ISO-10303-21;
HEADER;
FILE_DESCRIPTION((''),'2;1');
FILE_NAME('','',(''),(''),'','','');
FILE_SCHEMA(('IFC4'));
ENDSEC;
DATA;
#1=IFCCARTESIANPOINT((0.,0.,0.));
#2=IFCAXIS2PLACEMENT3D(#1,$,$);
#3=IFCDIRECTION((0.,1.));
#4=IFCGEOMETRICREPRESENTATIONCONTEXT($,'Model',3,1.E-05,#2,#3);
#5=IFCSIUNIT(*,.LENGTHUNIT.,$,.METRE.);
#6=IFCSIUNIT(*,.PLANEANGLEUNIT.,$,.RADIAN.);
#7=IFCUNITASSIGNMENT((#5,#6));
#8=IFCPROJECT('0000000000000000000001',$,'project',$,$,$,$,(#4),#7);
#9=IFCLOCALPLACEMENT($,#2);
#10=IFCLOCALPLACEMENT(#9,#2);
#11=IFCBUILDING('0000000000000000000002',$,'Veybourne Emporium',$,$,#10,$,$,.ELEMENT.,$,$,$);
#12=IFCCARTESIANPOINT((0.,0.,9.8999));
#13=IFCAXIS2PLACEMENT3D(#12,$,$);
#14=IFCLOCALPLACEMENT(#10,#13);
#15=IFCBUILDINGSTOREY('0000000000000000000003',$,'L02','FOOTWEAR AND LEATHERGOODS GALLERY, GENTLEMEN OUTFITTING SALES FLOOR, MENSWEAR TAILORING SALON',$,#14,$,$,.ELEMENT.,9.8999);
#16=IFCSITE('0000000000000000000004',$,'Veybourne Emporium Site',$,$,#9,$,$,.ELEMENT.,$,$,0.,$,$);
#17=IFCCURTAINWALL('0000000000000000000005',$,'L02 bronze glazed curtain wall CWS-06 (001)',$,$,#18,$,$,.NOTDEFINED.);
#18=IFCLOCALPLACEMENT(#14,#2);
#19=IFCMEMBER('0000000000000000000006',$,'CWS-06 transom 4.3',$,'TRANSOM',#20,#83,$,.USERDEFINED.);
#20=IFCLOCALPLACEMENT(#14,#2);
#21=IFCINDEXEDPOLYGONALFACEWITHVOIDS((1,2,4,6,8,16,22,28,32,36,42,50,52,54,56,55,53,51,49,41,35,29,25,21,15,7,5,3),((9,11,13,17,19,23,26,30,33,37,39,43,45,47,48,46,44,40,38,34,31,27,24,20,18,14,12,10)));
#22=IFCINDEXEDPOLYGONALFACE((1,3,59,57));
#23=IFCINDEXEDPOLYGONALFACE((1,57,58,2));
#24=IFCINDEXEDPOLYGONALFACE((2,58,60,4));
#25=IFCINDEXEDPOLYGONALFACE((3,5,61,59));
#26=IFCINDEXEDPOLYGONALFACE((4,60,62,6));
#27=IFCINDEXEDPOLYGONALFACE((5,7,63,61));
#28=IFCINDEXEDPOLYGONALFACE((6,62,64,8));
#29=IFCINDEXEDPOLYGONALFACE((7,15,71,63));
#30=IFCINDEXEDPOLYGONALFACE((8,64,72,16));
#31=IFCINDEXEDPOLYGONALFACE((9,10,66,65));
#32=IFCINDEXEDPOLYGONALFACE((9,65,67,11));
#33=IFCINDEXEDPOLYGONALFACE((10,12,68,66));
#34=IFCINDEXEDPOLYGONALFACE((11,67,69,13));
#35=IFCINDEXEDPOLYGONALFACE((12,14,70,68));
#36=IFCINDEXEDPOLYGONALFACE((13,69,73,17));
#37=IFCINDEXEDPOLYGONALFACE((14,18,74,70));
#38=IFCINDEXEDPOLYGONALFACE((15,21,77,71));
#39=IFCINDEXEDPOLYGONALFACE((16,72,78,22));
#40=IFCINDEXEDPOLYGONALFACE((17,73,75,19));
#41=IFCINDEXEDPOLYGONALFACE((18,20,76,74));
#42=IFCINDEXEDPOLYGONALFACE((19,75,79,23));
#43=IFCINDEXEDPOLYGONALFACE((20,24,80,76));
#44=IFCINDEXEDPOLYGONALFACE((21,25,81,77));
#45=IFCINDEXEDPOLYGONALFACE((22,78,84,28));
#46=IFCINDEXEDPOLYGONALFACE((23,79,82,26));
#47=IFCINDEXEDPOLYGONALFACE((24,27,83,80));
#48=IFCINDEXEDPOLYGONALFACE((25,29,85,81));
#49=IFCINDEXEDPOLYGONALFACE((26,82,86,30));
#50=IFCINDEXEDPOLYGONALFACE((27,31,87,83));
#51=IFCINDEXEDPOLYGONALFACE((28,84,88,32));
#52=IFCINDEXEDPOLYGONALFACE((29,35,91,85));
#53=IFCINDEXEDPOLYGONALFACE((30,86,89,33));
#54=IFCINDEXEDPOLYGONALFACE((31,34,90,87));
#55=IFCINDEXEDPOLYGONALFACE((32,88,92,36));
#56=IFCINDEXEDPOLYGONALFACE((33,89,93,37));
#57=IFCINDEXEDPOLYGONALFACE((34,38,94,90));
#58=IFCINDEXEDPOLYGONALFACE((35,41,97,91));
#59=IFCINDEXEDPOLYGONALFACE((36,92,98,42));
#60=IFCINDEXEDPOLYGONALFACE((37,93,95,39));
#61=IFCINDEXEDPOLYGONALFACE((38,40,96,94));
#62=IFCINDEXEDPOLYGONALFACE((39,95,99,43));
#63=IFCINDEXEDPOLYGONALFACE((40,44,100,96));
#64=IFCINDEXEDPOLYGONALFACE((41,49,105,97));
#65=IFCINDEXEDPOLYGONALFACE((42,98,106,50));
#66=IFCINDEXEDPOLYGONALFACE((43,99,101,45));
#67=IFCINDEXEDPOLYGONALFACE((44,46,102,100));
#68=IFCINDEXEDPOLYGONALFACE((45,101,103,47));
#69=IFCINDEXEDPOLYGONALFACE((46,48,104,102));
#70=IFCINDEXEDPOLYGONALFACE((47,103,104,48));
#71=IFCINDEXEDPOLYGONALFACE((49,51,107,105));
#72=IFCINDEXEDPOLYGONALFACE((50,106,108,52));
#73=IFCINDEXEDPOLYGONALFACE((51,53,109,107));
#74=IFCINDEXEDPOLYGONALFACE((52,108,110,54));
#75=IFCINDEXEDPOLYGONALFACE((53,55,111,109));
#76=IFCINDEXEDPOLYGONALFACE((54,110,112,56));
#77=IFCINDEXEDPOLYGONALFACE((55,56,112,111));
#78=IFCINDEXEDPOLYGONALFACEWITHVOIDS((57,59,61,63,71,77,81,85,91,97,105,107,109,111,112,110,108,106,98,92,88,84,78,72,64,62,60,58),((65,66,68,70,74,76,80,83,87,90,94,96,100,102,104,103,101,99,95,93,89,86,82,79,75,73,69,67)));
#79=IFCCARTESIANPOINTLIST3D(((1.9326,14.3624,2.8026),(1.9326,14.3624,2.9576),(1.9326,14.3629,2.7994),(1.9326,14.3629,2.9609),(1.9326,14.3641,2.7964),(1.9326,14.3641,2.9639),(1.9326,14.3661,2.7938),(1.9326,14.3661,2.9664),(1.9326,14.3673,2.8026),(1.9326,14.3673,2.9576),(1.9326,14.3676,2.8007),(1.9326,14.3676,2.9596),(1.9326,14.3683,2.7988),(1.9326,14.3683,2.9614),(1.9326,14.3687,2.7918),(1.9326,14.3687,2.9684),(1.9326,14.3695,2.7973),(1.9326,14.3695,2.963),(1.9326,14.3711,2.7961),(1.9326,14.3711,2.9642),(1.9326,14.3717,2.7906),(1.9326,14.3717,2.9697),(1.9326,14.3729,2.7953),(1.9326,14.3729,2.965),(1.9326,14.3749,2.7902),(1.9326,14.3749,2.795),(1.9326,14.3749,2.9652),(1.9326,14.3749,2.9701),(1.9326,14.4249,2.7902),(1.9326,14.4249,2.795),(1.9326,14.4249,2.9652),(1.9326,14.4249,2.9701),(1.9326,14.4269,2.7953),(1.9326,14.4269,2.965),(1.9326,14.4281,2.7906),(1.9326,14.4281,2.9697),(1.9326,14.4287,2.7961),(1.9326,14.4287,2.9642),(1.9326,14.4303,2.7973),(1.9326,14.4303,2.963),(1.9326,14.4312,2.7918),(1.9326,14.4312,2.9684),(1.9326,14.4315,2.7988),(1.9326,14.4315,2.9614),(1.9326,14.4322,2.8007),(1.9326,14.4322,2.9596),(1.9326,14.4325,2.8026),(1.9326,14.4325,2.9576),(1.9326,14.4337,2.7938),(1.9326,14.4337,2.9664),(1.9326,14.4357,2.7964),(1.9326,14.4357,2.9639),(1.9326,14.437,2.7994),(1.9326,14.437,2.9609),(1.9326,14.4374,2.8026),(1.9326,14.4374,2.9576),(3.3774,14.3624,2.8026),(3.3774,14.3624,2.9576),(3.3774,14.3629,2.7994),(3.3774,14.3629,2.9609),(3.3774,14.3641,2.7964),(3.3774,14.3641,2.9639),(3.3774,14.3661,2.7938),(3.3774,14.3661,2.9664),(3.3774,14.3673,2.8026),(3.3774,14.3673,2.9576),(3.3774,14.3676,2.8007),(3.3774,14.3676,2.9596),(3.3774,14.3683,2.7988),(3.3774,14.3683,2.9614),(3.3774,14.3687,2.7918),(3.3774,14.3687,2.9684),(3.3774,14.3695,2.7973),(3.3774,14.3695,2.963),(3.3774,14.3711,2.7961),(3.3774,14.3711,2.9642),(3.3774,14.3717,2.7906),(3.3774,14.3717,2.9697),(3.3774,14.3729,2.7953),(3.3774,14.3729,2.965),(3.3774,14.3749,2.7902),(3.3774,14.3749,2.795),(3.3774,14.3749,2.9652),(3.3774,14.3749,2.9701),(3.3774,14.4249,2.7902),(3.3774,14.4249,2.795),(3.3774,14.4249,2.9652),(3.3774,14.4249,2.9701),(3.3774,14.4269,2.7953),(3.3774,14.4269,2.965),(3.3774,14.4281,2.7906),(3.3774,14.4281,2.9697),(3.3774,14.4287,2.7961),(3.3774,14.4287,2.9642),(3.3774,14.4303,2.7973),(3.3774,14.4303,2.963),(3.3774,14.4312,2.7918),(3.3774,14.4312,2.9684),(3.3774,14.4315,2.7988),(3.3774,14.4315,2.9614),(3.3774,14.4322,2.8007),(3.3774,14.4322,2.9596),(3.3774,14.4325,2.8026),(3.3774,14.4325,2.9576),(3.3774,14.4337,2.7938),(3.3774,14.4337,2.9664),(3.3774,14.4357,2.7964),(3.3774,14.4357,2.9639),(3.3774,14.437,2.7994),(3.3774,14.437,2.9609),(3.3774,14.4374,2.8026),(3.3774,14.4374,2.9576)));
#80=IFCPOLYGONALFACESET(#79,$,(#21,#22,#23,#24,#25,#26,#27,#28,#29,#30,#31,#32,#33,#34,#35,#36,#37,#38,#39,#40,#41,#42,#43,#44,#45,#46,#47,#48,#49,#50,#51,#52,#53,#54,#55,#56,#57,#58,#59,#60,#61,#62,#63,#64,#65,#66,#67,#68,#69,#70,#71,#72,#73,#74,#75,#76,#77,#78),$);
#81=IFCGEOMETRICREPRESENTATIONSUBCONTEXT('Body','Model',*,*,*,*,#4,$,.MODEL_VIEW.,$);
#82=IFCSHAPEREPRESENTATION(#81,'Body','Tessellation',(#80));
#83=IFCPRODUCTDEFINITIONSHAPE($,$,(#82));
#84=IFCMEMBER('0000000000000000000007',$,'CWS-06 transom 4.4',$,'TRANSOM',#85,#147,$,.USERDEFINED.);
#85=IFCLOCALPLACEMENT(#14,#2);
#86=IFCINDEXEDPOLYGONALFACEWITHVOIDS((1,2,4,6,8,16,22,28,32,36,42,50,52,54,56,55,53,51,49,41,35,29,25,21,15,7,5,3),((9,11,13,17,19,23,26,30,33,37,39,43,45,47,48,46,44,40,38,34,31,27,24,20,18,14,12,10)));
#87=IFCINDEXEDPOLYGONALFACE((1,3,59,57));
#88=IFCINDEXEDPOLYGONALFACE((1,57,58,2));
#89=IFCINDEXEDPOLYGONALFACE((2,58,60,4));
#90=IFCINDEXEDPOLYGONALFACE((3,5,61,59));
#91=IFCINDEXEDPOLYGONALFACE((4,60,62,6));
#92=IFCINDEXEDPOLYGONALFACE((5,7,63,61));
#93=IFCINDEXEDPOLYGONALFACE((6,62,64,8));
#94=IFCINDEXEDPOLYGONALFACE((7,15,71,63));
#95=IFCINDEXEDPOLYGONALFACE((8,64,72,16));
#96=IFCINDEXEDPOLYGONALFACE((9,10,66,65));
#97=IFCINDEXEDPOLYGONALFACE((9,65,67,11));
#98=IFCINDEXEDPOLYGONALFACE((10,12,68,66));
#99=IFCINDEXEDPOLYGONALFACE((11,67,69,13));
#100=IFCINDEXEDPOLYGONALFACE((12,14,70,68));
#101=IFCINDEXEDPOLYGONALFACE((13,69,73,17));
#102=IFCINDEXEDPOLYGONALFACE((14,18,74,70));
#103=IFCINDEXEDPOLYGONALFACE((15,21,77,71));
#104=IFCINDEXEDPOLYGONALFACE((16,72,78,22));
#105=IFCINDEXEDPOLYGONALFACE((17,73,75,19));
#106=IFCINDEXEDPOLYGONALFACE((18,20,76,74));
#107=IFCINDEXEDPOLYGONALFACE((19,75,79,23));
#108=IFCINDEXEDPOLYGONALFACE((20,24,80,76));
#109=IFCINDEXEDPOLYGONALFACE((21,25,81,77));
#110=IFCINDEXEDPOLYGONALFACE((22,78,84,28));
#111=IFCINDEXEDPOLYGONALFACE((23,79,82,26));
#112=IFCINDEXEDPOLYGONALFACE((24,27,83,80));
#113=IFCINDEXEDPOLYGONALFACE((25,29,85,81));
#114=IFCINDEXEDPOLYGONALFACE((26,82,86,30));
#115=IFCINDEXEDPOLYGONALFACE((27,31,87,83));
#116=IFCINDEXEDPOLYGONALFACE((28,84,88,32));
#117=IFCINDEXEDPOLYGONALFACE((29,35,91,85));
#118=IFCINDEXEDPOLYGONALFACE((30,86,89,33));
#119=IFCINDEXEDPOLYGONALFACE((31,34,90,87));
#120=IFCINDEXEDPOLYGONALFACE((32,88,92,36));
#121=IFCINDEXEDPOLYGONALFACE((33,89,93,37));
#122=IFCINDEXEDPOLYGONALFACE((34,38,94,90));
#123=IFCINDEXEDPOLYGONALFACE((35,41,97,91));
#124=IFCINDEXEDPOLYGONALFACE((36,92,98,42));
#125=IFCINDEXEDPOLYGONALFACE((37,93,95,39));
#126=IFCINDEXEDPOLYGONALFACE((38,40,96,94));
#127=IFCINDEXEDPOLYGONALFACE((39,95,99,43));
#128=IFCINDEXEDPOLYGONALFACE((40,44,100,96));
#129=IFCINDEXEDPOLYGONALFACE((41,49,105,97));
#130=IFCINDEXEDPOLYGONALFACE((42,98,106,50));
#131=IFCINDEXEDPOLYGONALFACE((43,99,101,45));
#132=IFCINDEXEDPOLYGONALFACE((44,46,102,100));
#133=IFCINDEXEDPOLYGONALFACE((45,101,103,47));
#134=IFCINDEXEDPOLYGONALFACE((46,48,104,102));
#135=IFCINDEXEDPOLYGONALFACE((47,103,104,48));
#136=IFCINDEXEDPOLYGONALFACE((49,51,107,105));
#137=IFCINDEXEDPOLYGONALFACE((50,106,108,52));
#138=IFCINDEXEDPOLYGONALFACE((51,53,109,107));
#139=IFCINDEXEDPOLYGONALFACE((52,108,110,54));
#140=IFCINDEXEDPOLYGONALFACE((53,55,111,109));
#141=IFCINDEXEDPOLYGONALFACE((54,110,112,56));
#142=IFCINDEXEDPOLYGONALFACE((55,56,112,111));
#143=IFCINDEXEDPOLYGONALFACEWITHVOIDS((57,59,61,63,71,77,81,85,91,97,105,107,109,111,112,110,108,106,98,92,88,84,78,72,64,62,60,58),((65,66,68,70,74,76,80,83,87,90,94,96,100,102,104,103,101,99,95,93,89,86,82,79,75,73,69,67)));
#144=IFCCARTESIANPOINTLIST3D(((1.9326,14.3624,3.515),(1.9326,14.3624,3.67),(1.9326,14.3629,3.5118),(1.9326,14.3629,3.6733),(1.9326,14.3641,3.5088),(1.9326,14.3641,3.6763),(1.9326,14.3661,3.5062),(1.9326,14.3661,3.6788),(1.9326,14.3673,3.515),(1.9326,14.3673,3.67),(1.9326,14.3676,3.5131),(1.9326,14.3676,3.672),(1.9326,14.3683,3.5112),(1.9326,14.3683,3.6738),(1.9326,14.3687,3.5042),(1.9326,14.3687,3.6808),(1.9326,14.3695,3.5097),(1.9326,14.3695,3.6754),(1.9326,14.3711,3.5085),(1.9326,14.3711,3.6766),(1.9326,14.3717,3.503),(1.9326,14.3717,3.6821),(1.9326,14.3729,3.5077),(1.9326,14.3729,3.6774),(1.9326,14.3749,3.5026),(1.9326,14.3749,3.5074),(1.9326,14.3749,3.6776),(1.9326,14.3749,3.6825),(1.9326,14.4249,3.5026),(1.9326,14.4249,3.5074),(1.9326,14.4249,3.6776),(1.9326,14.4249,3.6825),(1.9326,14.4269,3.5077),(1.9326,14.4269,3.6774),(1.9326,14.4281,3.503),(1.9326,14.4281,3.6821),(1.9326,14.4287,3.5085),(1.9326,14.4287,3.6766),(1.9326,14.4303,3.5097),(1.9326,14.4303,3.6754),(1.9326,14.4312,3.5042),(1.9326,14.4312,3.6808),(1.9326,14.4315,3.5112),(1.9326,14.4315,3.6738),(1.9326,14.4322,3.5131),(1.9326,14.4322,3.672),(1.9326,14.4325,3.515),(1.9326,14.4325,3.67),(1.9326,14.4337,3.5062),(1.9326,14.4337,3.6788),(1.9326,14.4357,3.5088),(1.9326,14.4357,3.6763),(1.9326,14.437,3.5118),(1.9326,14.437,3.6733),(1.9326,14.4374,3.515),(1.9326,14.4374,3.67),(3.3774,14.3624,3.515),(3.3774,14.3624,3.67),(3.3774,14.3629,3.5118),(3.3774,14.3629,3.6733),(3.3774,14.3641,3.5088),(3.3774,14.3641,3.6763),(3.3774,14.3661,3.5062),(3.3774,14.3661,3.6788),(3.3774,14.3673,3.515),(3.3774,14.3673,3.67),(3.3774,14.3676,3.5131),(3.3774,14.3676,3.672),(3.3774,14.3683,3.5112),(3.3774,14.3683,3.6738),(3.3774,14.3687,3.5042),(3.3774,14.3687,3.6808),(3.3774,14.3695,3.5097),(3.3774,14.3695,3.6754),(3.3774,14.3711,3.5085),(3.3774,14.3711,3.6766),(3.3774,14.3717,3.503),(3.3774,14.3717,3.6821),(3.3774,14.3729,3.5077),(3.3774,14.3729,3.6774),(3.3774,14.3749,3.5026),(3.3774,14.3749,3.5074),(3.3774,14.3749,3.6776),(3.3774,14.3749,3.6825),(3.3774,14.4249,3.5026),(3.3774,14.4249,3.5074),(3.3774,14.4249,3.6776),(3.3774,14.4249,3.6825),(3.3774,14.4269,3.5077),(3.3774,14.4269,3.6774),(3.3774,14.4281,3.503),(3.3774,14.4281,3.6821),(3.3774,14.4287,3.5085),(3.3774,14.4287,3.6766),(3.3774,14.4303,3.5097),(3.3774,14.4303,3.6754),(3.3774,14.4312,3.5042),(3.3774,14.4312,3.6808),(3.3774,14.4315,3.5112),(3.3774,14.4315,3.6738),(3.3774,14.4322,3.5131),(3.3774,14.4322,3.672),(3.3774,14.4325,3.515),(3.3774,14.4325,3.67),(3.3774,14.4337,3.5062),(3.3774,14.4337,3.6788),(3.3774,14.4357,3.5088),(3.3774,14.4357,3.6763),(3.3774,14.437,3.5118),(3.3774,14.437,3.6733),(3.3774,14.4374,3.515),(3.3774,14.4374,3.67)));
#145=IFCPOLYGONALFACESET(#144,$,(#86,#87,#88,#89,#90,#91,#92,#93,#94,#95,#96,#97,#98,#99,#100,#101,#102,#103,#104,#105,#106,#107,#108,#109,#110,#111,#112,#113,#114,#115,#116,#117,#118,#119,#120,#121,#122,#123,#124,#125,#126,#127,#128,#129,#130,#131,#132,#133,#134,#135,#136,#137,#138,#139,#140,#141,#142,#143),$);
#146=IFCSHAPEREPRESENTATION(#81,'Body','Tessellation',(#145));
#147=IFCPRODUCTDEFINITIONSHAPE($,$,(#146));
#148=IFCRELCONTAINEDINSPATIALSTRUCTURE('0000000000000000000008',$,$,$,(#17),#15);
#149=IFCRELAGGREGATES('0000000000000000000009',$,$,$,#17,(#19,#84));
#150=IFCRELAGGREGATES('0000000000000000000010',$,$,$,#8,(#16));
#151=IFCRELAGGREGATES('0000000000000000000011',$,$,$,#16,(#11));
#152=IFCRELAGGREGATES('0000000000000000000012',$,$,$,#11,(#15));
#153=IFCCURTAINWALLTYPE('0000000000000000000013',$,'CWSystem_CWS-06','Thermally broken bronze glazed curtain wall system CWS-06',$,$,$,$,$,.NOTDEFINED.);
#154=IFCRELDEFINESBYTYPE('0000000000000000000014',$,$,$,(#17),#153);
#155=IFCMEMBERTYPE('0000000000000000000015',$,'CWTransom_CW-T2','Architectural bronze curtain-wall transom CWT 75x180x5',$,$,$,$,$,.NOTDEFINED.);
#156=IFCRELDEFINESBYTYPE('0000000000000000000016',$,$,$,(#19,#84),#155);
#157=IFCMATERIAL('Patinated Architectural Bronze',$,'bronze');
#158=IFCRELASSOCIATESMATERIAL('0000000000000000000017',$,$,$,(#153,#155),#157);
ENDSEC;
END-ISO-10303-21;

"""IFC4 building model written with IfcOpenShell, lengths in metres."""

from ifc_helpers import new_model, si_unit, direction, frame, origin, origin_2d, place, context, subcontext, project, spatial, hollow_rectangle, extrude, material, material_profile, profile_set, type_object, element, aggregate, save


model = new_model("IFC4")

# Units and contexts
model_context = context("Model", 3, precision=1e-05, world=origin(), true_north=direction((0.0, 1.0)))
body_context = subcontext(model_context, "Body", "Model", "MODEL_VIEW")
ifc_project = project(units=[si_unit("LENGTHUNIT", "METRE"), si_unit("PLANEANGLEUNIT", "RADIAN")], contexts=[model_context])

# Site, building, storey
site_placement = place(None, origin())
site = spatial("IfcSite", under=ifc_project, at=site_placement, Name="Veybourne Emporium Site", CompositionType="ELEMENT", RefElevation=0.0)
building_placement = place(site_placement, origin())
building = spatial("IfcBuilding", under=site, at=building_placement, Name="Veybourne Emporium", CompositionType="ELEMENT")
storey_placement = place(building_placement, frame((0.0, 0.0, 9.8999)))
storey = spatial("IfcBuildingStorey", under=building, at=storey_placement, Name="L02", Description="FOOTWEAR AND LEATHERGOODS GALLERY, GENTLEMEN OUTFITTING SALES FLOOR, MENSWEAR TAILORING SALON", CompositionType="ELEMENT", Elevation=9.8999)

# Curtain wall, members
ifc_material_1 = material(Name="Patinated Architectural Bronze", Category="bronze")
curtain_wall_type = type_object("IfcCurtainWallType", Name="CWSystem_CWS-06", Description="Thermally broken bronze glazed curtain wall system CWS-06", PredefinedType="NOTDEFINED", material=ifc_material_1)
curtain_wall_placement = place(storey_placement, origin())
curtain_wall = element("IfcCurtainWall", 1, at=curtain_wall_placement, inside=storey, type_object=curtain_wall_type, Name="L02 bronze glazed curtain wall CWS-06 (001)", PredefinedType="NOTDEFINED")
ifc_material_profile_1 = material_profile(ifc_material_1, hollow_rectangle(XDim=0.075, YDim=0.1799, WallThickness=0.0049, InnerFilletRadius=0.0076, OuterFilletRadius=0.0125, at=origin_2d()), Name="CWT 75x180x5")
ifc_profile_set_1 = profile_set([ifc_material_profile_1], Name="Patinated Architectural Bronze")
member_type_1 = type_object("IfcMemberType", Name="CWTransom_CW-T2", Description="Architectural bronze curtain-wall transom CWT 75x180x5", PredefinedType="NOTDEFINED", material=ifc_profile_set_1)
member_1_placement = place(storey_placement, frame((3.3774, 14.3999, 2.8801), z_axis=(-1.0, 0.0, 0.0), x_axis=(0.0, -1.0, 0.0)))
member_1 = element("IfcMember", 2, at=member_1_placement, type_object=member_type_1, Name="CWS-06 transom 4.3", ObjectType="TRANSOM", PredefinedType="USERDEFINED", context=body_context, shape_type="SweptSolid", body=[
    extrude(hollow_rectangle(XDim=0.075, YDim=0.1799, WallThickness=0.0049, InnerFilletRadius=0.0076, OuterFilletRadius=0.0125, at=origin_2d()), origin(), (0.0, 0.0, 1.0), 1.4448),
])
member_2_placement = place(storey_placement, frame((3.3774, 14.3999, 3.5925), z_axis=(-1.0, 0.0, 0.0), x_axis=(0.0, -1.0, 0.0)))
member_2 = element("IfcMember", 3, at=member_2_placement, type_object=member_type_1, Name="CWS-06 transom 4.4", ObjectType="TRANSOM", PredefinedType="USERDEFINED", context=body_context, shape_type="SweptSolid", body=[
    extrude(hollow_rectangle(XDim=0.075, YDim=0.1799, WallThickness=0.0049, InnerFilletRadius=0.0076, OuterFilletRadius=0.0125, at=origin_2d()), origin(), (0.0, 0.0, 1.0), 1.4448),
])

aggregate(curtain_wall, [member_1, member_2])

save(model, "model.ifc")
